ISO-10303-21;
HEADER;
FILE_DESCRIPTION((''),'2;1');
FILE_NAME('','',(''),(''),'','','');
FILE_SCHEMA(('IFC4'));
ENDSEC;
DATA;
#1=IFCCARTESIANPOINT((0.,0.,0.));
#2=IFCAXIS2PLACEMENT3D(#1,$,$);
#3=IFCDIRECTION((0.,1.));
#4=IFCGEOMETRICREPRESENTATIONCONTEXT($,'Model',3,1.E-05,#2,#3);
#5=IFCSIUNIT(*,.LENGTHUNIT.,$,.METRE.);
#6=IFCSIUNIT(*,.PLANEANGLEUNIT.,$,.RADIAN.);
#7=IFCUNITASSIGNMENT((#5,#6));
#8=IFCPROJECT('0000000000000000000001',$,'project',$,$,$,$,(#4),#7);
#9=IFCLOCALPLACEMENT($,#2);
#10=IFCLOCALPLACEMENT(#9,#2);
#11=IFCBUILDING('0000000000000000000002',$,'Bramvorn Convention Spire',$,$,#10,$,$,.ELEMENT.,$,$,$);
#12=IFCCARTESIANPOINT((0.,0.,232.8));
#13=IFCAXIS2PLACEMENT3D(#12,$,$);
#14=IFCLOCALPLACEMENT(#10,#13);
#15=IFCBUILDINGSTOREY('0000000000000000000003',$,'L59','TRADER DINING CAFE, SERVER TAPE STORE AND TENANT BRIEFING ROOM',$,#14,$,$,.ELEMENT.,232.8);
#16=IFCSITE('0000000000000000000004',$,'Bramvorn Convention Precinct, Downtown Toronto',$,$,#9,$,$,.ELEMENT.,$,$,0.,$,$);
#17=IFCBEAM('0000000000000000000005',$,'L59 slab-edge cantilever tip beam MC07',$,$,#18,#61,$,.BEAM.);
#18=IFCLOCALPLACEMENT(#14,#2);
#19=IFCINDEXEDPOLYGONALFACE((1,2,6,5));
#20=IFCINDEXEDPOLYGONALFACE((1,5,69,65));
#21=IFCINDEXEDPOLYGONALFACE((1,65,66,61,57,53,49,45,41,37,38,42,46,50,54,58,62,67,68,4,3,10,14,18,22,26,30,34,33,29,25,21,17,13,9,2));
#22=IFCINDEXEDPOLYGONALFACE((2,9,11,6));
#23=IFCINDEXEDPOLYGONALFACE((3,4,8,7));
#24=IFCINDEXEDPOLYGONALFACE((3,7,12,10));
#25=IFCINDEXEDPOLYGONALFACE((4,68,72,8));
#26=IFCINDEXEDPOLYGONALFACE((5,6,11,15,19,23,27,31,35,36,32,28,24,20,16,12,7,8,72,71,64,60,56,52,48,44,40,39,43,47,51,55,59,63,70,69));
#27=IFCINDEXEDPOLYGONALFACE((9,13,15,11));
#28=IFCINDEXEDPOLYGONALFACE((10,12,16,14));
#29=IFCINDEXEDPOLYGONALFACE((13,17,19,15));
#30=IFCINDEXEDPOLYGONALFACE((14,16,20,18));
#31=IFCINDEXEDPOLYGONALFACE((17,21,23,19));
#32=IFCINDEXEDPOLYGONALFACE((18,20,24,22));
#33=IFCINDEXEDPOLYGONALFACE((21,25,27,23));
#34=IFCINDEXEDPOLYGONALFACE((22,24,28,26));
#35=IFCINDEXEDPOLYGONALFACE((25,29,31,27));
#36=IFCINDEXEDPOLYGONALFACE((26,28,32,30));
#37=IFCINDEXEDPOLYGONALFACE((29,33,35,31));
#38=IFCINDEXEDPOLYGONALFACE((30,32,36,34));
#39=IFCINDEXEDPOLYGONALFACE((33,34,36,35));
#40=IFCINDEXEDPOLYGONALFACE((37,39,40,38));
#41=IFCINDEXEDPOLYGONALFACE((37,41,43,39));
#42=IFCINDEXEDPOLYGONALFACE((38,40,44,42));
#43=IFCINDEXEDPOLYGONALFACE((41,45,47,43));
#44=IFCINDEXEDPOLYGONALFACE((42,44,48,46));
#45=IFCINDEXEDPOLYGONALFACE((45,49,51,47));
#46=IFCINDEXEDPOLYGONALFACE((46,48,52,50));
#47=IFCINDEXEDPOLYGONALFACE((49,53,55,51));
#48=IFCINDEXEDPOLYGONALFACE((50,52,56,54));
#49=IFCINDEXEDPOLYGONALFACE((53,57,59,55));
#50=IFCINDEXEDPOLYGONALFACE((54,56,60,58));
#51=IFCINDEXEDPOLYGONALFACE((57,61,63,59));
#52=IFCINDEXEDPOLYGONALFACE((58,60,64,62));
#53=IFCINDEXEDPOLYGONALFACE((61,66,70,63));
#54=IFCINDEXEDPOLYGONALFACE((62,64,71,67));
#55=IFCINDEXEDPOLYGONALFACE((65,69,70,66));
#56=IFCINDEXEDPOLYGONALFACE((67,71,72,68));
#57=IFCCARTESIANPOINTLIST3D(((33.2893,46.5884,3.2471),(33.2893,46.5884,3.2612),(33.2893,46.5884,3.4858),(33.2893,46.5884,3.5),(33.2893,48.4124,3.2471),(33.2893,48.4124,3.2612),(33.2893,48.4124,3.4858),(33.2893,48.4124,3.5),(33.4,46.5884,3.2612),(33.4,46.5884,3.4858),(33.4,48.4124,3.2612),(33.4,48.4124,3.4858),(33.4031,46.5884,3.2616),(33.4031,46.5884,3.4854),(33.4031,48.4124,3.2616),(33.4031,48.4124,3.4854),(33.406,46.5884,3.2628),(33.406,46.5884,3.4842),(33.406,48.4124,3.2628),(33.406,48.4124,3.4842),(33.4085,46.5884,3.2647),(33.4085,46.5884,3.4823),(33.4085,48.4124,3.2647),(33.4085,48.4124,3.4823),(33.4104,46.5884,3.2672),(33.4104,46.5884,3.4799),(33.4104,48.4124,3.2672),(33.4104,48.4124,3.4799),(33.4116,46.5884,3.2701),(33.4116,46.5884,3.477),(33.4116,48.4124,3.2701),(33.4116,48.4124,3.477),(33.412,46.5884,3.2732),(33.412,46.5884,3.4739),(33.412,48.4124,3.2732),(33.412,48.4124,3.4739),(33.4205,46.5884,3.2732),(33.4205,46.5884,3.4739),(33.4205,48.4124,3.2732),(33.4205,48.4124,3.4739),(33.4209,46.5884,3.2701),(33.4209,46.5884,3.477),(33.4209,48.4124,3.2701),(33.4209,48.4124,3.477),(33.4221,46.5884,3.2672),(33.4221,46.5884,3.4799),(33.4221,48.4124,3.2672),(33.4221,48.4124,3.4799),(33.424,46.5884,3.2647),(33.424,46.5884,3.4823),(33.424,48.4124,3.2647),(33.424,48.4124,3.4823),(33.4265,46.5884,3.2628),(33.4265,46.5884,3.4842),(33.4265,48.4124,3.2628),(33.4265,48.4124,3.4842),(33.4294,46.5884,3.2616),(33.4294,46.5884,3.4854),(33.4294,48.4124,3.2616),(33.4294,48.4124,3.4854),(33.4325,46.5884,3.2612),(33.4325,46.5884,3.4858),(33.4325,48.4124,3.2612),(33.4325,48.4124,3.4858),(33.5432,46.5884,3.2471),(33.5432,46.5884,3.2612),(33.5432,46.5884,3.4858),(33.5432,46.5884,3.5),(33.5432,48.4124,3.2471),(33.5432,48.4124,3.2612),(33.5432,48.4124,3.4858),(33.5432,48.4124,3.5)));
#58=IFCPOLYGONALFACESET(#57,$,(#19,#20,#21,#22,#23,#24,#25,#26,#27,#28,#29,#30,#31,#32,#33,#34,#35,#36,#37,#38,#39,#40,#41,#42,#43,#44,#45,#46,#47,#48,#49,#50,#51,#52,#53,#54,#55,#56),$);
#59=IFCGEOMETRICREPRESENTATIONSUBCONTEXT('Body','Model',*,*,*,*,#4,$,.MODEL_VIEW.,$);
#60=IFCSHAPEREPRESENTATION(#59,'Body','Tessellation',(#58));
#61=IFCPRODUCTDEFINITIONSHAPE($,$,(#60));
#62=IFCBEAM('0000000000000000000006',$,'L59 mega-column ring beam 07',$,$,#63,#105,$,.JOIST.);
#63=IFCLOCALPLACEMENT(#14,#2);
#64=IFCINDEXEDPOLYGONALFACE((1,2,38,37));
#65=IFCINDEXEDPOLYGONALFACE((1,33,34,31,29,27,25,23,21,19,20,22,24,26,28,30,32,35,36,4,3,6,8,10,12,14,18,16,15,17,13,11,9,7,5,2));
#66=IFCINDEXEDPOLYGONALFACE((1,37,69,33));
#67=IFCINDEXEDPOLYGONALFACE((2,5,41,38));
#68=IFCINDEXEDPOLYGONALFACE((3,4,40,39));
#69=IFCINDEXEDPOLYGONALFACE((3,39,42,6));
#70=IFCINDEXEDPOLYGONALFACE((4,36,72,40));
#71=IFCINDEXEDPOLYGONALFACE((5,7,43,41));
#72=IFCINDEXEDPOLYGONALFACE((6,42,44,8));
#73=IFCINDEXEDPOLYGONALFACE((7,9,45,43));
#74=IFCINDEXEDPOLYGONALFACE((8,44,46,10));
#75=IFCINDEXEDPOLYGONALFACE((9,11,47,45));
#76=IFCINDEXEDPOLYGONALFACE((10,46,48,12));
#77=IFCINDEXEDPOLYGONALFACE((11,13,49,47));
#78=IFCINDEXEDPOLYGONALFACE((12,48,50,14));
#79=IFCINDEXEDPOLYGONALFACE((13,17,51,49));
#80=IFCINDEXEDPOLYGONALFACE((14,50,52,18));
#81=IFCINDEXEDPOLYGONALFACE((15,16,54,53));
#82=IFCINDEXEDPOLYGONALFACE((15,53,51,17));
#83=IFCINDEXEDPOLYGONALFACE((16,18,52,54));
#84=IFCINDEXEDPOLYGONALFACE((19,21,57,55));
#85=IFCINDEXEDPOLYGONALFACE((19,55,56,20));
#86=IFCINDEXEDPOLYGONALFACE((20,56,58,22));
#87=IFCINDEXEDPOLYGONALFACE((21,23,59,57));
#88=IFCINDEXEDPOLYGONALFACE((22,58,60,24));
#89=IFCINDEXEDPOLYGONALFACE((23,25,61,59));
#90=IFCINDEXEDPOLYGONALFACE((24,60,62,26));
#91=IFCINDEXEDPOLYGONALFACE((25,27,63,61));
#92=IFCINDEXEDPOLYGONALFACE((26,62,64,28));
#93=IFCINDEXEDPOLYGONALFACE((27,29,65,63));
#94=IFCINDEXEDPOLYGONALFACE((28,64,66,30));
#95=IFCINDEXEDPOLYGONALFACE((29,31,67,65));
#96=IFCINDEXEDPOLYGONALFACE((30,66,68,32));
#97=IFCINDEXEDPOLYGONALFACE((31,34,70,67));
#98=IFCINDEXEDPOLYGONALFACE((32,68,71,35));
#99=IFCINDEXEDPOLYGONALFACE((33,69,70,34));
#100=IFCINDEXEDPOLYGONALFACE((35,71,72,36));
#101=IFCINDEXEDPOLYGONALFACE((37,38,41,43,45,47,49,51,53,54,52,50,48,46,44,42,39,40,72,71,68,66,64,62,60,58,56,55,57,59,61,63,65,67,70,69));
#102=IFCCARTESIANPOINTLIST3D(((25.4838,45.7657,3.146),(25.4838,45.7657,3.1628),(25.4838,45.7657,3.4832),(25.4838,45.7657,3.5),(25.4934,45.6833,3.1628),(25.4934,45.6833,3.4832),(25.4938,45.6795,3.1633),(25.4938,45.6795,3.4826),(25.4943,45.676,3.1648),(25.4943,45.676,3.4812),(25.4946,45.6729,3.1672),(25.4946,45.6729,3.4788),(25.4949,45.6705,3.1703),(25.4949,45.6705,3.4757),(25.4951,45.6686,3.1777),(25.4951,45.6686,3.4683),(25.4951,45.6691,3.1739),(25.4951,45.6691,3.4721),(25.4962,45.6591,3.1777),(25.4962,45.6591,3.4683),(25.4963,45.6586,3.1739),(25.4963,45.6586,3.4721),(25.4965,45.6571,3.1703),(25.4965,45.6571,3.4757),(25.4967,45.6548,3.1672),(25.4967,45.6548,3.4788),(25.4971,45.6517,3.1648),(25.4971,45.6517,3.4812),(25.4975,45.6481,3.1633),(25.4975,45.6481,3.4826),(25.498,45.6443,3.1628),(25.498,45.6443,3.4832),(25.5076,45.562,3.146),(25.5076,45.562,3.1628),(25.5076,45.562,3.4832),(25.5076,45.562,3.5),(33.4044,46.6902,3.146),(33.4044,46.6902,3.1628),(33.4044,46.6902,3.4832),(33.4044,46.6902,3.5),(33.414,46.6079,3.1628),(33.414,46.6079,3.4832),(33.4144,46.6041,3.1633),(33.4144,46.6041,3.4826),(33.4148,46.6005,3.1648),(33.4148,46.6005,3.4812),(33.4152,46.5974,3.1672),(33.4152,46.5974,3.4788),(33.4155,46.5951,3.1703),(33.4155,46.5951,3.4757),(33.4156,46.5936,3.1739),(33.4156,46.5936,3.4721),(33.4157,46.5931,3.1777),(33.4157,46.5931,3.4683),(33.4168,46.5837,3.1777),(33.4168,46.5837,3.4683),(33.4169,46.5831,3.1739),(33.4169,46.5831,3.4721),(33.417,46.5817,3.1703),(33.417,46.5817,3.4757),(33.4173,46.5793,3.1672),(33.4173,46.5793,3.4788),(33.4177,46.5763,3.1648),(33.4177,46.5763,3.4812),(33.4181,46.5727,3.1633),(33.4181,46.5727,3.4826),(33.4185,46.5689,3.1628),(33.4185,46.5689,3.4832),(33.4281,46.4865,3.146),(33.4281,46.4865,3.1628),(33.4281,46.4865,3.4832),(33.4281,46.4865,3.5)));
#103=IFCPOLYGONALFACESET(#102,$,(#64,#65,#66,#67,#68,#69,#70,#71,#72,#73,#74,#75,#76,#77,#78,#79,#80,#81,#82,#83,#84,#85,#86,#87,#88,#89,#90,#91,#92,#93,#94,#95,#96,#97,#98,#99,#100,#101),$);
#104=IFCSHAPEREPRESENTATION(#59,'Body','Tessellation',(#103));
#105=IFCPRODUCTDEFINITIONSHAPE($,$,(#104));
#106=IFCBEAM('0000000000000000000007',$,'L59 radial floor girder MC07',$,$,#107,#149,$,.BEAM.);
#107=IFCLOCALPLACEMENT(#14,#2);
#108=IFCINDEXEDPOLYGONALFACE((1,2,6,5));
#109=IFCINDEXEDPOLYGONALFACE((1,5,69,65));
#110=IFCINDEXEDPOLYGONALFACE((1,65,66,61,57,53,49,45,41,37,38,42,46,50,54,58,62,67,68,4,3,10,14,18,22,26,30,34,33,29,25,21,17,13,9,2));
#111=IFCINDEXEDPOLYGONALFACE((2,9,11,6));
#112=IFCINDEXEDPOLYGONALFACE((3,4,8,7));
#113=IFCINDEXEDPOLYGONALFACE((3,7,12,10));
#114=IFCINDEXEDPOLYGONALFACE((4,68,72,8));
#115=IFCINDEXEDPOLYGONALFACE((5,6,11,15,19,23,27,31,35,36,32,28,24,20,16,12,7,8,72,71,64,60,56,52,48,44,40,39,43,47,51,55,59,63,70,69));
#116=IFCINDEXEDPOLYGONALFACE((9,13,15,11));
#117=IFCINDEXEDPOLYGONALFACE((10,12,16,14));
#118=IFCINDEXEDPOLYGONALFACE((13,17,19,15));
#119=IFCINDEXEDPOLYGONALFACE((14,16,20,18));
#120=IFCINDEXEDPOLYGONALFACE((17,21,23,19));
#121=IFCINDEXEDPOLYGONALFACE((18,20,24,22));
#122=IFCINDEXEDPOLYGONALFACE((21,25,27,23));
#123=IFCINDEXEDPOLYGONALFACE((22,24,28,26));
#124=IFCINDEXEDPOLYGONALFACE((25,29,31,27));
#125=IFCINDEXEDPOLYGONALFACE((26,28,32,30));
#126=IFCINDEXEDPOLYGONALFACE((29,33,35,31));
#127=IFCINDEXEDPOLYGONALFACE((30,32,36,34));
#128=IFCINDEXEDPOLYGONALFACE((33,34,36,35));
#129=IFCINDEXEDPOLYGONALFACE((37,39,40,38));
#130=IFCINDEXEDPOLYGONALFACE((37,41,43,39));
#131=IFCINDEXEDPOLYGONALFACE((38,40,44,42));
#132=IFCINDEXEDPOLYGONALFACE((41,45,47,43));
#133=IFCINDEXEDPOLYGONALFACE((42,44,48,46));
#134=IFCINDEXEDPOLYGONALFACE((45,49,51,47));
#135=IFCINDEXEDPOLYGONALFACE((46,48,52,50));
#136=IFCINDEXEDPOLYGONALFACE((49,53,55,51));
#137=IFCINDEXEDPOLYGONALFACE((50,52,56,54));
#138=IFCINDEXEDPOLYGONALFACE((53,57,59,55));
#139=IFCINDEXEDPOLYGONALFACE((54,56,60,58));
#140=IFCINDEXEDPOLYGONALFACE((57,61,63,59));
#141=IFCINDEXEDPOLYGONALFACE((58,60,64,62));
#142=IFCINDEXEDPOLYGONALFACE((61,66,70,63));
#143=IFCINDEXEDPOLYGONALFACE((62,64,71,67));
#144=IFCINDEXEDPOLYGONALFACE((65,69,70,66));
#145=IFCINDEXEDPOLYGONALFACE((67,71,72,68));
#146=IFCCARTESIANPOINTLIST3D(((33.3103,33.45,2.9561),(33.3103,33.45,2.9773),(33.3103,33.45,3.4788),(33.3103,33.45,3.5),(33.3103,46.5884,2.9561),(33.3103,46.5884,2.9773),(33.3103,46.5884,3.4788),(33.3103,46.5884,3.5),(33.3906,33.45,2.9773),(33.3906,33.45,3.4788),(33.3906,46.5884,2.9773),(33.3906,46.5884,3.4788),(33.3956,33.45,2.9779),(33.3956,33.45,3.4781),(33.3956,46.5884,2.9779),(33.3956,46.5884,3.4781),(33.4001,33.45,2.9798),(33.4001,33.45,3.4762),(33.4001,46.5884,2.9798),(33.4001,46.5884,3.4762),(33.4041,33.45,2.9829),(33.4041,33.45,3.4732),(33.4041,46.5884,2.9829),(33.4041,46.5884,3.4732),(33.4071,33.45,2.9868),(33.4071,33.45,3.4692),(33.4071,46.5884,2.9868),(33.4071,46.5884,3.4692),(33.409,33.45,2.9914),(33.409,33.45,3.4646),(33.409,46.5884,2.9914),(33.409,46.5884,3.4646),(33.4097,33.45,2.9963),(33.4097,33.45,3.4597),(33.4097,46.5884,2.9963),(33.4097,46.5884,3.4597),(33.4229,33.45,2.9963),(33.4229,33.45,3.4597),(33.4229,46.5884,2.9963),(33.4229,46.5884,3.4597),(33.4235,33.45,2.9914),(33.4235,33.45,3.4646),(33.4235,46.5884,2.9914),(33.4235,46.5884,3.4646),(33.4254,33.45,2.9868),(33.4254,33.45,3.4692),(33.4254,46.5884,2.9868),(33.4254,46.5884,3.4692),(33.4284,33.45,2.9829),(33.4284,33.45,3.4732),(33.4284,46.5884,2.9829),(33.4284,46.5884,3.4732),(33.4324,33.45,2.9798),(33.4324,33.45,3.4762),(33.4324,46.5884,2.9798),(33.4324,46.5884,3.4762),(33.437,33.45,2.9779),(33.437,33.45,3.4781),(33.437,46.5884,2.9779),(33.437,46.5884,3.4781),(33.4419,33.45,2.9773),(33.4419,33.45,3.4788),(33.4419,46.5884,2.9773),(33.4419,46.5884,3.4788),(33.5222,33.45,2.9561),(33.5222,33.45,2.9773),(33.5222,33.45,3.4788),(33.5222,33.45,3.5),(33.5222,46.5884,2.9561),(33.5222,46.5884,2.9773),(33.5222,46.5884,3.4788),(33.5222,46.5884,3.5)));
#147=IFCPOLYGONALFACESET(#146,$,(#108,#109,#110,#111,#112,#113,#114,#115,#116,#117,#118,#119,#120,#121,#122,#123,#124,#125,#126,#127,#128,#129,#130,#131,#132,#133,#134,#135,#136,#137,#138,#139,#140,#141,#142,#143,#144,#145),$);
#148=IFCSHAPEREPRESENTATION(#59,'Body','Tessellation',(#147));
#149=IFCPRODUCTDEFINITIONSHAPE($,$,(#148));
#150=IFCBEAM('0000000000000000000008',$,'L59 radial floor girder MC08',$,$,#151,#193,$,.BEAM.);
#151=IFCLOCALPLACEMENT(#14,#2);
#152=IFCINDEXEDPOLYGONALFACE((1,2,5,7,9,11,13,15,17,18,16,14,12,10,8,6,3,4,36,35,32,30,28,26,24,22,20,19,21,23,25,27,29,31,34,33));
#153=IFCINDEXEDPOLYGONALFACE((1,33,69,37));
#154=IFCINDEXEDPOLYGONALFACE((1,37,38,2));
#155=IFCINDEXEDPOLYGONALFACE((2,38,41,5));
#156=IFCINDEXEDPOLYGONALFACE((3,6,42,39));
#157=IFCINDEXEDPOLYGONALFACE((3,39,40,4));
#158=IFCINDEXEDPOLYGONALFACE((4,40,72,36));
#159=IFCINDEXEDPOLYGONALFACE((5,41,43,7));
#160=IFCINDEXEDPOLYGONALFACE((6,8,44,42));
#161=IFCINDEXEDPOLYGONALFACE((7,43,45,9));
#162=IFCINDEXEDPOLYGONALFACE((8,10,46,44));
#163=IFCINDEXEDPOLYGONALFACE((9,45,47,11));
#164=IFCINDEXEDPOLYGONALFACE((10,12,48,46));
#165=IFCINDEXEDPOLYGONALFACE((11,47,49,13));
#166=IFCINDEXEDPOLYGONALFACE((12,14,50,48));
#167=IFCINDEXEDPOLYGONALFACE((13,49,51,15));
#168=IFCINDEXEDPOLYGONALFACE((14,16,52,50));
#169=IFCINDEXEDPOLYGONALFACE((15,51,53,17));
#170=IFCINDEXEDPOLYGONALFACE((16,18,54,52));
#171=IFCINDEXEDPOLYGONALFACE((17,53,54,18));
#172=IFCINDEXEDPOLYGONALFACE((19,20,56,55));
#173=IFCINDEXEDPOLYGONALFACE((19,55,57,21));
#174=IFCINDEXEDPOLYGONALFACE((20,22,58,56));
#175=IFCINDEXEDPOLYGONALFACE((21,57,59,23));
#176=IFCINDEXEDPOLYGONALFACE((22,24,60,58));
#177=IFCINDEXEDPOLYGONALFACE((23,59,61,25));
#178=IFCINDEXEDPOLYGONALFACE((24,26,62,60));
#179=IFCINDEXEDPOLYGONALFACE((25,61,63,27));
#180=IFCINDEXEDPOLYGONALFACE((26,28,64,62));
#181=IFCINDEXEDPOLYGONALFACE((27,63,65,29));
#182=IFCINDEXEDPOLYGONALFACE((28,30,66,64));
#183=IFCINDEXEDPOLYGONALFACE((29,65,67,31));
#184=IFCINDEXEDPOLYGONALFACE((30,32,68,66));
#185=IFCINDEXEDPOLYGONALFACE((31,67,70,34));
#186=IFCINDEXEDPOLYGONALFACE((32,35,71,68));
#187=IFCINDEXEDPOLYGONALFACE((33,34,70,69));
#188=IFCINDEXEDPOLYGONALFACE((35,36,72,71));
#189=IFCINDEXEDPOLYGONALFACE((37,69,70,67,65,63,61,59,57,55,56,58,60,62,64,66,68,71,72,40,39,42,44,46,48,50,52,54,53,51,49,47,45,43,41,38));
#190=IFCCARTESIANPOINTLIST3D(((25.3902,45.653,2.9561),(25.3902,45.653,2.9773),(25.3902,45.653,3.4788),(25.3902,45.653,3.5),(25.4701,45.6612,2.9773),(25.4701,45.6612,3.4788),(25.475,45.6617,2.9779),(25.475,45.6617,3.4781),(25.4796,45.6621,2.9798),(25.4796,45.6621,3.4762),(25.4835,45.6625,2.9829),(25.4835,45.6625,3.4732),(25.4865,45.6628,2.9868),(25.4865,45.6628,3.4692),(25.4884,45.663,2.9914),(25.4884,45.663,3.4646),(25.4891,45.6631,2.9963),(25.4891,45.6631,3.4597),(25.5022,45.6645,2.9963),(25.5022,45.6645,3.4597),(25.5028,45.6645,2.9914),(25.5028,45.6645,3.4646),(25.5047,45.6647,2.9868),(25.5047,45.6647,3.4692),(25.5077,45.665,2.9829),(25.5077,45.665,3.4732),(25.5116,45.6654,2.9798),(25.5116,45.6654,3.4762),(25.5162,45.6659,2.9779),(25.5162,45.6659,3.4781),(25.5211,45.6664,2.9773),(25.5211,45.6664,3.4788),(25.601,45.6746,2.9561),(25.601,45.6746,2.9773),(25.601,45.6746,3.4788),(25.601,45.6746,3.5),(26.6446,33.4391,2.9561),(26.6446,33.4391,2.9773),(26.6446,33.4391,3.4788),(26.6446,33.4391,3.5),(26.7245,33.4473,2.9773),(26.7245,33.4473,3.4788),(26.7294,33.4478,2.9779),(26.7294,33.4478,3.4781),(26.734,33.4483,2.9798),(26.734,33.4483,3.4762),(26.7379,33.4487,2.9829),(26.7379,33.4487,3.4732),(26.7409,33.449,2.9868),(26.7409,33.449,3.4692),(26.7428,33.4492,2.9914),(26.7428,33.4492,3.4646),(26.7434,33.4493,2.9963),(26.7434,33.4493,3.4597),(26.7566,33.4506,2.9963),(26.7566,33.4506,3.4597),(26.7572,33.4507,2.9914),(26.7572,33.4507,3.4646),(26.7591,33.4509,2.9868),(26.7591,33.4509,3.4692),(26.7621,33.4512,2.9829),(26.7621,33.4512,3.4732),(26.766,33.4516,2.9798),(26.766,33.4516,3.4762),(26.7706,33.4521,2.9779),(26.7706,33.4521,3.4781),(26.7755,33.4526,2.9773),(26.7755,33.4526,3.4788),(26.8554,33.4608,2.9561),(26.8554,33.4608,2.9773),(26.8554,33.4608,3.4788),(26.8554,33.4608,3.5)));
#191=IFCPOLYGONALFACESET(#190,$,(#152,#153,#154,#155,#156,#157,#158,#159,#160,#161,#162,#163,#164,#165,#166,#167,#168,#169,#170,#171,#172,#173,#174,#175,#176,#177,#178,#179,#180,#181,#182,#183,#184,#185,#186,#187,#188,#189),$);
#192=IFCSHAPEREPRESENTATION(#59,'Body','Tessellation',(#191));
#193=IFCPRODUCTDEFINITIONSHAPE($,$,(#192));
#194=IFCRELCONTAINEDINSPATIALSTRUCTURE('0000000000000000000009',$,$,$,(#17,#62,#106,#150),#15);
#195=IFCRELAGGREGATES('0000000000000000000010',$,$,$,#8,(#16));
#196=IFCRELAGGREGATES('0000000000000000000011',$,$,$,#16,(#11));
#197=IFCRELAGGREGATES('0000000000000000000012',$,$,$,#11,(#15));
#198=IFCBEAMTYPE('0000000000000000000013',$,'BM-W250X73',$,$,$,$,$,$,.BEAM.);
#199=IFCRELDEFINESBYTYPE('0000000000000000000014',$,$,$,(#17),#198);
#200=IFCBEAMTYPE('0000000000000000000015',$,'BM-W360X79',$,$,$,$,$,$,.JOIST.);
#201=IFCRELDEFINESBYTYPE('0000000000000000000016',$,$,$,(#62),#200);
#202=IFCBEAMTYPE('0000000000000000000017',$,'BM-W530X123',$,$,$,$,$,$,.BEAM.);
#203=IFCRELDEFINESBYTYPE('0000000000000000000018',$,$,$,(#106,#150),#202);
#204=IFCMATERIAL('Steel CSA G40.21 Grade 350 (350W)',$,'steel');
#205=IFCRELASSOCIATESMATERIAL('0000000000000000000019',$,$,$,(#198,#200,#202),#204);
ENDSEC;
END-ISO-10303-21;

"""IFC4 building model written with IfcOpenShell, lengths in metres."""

from ifc_helpers import new_model, si_unit, direction, frame, origin, origin_2d, place, context, subcontext, project, spatial, i_section, extrude, material, material_profile, profile_set, type_object, element, save


model = new_model("IFC4")

# Units and contexts
model_context = context("Model", 3, precision=1e-05, world=origin(), true_north=direction((0.0, 1.0)))
body_context = subcontext(model_context, "Body", "Model", "MODEL_VIEW")
ifc_project = project(units=[si_unit("LENGTHUNIT", "METRE"), si_unit("PLANEANGLEUNIT", "RADIAN")], contexts=[model_context])

# Site, building, storey
site_placement = place(None, origin())
site = spatial("IfcSite", under=ifc_project, at=site_placement, Name="Bramvorn Convention Precinct, Downtown Toronto", CompositionType="ELEMENT", RefElevation=0.0)
building_placement = place(site_placement, origin())
building = spatial("IfcBuilding", under=site, at=building_placement, Name="Bramvorn Convention Spire", CompositionType="ELEMENT")
storey_placement = place(building_placement, frame((0.0, 0.0, 232.8)))
storey = spatial("IfcBuildingStorey", under=building, at=storey_placement, Name="L59", Description="TRADER DINING CAFE, SERVER TAPE STORE AND TENANT BRIEFING ROOM", CompositionType="ELEMENT", Elevation=232.8)

# Shared definitions
ifc_material_1 = material(Name="Steel CSA G40.21 Grade 350 (350W)", Category="steel")

# Beams
ifc_material_profile_1 = material_profile(ifc_material_1, i_section(OverallWidth=0.2539, OverallDepth=0.2529, WebThickness=0.0085, FlangeThickness=0.0142, FilletRadius=0.012, at=origin_2d()))
ifc_profile_set_1 = profile_set([ifc_material_profile_1], Name="Steel CSA G40.21 Grade 350 (350W) - W250X73")
beam_type_1 = type_object("IfcBeamType", Name="BM-W250X73", PredefinedType="BEAM", material=ifc_profile_set_1)
beam_1_placement = place(storey_placement, frame((33.4163, 46.5884, 3.3735), z_axis=(0.0, 1.0, 0.0), x_axis=(-1.0, 0.0, 0.0)))
element("IfcBeam", 1, at=beam_1_placement, inside=storey, type_object=beam_type_1, Name="L59 slab-edge cantilever tip beam MC07", PredefinedType="BEAM", context=body_context, shape_type="SweptSolid", body=[
    extrude(i_section(OverallWidth=0.2539, OverallDepth=0.2529, WebThickness=0.0085, FlangeThickness=0.0142, FilletRadius=0.012, at=origin_2d()), origin(), (0.0, 0.0, 1.0), 1.824),
])
ifc_material_profile_2 = material_profile(ifc_material_1, i_section(OverallWidth=0.2051, OverallDepth=0.354, WebThickness=0.0095, FlangeThickness=0.0168, FilletRadius=0.0149, at=origin_2d()))
ifc_profile_set_2 = profile_set([ifc_material_profile_2], Name="Steel CSA G40.21 Grade 350 (350W) - W360X79")
beam_type_2 = type_object("IfcBeamType", Name="BM-W360X79", PredefinedType="JOIST", material=ifc_profile_set_2)
beam_2_placement = place(storey_placement, frame((33.4163, 46.5884, 3.323), z_axis=(-0.993256, -0.115941, 0.0), x_axis=(0.115941, -0.993256, 0.0)))
element("IfcBeam", 2, at=beam_2_placement, inside=storey, type_object=beam_type_2, Name="L59 mega-column ring beam 07", PredefinedType="JOIST", context=body_context, shape_type="SweptSolid", body=[
    extrude(i_section(OverallWidth=0.2051, OverallDepth=0.354, WebThickness=0.0095, FlangeThickness=0.0168, FilletRadius=0.0149, at=origin_2d()), origin(), (0.0, 0.0, 1.0), 7.9744),
])
ifc_material_profile_3 = material_profile(ifc_material_1, i_section(OverallWidth=0.2119, OverallDepth=0.5439, WebThickness=0.0132, FlangeThickness=0.0212, FilletRadius=0.019, at=origin_2d()))
ifc_profile_set_3 = profile_set([ifc_material_profile_3], Name="Steel CSA G40.21 Grade 350 (350W) - W530X123")
beam_type_3 = type_object("IfcBeamType", Name="BM-W530X123", PredefinedType="BEAM", material=ifc_profile_set_3)
beam_3_placement = place(storey_placement, frame((33.4163, 33.45, 3.228), z_axis=(0.0, 1.0, 0.0), x_axis=(-1.0, 0.0, 0.0)))
element("IfcBeam", 3, at=beam_3_placement, inside=storey, type_object=beam_type_3, Name="L59 radial floor girder MC07", PredefinedType="BEAM", context=body_context, shape_type="SweptSolid", body=[
    extrude(i_section(OverallWidth=0.2119, OverallDepth=0.5439, WebThickness=0.0132, FlangeThickness=0.0212, FilletRadius=0.019, at=origin_2d()), origin(), (0.0, 0.0, 1.0), 13.1384),
])
beam_4_placement = place(storey_placement, frame((26.75, 33.45, 3.228), z_axis=(-0.102165, 0.994767, 0.0), x_axis=(-0.994767, -0.102165, 0.0)))
element("IfcBeam", 4, at=beam_4_placement, inside=storey, type_object=beam_type_3, Name="L59 radial floor girder MC08", PredefinedType="BEAM", context=body_context, shape_type="SweptSolid", body=[
    extrude(i_section(OverallWidth=0.2119, OverallDepth=0.5439, WebThickness=0.0132, FlangeThickness=0.0212, FilletRadius=0.019, at=origin_2d()), origin(), (0.0, 0.0, 1.0), 12.2781),
])

save(model, "model.ifc")
